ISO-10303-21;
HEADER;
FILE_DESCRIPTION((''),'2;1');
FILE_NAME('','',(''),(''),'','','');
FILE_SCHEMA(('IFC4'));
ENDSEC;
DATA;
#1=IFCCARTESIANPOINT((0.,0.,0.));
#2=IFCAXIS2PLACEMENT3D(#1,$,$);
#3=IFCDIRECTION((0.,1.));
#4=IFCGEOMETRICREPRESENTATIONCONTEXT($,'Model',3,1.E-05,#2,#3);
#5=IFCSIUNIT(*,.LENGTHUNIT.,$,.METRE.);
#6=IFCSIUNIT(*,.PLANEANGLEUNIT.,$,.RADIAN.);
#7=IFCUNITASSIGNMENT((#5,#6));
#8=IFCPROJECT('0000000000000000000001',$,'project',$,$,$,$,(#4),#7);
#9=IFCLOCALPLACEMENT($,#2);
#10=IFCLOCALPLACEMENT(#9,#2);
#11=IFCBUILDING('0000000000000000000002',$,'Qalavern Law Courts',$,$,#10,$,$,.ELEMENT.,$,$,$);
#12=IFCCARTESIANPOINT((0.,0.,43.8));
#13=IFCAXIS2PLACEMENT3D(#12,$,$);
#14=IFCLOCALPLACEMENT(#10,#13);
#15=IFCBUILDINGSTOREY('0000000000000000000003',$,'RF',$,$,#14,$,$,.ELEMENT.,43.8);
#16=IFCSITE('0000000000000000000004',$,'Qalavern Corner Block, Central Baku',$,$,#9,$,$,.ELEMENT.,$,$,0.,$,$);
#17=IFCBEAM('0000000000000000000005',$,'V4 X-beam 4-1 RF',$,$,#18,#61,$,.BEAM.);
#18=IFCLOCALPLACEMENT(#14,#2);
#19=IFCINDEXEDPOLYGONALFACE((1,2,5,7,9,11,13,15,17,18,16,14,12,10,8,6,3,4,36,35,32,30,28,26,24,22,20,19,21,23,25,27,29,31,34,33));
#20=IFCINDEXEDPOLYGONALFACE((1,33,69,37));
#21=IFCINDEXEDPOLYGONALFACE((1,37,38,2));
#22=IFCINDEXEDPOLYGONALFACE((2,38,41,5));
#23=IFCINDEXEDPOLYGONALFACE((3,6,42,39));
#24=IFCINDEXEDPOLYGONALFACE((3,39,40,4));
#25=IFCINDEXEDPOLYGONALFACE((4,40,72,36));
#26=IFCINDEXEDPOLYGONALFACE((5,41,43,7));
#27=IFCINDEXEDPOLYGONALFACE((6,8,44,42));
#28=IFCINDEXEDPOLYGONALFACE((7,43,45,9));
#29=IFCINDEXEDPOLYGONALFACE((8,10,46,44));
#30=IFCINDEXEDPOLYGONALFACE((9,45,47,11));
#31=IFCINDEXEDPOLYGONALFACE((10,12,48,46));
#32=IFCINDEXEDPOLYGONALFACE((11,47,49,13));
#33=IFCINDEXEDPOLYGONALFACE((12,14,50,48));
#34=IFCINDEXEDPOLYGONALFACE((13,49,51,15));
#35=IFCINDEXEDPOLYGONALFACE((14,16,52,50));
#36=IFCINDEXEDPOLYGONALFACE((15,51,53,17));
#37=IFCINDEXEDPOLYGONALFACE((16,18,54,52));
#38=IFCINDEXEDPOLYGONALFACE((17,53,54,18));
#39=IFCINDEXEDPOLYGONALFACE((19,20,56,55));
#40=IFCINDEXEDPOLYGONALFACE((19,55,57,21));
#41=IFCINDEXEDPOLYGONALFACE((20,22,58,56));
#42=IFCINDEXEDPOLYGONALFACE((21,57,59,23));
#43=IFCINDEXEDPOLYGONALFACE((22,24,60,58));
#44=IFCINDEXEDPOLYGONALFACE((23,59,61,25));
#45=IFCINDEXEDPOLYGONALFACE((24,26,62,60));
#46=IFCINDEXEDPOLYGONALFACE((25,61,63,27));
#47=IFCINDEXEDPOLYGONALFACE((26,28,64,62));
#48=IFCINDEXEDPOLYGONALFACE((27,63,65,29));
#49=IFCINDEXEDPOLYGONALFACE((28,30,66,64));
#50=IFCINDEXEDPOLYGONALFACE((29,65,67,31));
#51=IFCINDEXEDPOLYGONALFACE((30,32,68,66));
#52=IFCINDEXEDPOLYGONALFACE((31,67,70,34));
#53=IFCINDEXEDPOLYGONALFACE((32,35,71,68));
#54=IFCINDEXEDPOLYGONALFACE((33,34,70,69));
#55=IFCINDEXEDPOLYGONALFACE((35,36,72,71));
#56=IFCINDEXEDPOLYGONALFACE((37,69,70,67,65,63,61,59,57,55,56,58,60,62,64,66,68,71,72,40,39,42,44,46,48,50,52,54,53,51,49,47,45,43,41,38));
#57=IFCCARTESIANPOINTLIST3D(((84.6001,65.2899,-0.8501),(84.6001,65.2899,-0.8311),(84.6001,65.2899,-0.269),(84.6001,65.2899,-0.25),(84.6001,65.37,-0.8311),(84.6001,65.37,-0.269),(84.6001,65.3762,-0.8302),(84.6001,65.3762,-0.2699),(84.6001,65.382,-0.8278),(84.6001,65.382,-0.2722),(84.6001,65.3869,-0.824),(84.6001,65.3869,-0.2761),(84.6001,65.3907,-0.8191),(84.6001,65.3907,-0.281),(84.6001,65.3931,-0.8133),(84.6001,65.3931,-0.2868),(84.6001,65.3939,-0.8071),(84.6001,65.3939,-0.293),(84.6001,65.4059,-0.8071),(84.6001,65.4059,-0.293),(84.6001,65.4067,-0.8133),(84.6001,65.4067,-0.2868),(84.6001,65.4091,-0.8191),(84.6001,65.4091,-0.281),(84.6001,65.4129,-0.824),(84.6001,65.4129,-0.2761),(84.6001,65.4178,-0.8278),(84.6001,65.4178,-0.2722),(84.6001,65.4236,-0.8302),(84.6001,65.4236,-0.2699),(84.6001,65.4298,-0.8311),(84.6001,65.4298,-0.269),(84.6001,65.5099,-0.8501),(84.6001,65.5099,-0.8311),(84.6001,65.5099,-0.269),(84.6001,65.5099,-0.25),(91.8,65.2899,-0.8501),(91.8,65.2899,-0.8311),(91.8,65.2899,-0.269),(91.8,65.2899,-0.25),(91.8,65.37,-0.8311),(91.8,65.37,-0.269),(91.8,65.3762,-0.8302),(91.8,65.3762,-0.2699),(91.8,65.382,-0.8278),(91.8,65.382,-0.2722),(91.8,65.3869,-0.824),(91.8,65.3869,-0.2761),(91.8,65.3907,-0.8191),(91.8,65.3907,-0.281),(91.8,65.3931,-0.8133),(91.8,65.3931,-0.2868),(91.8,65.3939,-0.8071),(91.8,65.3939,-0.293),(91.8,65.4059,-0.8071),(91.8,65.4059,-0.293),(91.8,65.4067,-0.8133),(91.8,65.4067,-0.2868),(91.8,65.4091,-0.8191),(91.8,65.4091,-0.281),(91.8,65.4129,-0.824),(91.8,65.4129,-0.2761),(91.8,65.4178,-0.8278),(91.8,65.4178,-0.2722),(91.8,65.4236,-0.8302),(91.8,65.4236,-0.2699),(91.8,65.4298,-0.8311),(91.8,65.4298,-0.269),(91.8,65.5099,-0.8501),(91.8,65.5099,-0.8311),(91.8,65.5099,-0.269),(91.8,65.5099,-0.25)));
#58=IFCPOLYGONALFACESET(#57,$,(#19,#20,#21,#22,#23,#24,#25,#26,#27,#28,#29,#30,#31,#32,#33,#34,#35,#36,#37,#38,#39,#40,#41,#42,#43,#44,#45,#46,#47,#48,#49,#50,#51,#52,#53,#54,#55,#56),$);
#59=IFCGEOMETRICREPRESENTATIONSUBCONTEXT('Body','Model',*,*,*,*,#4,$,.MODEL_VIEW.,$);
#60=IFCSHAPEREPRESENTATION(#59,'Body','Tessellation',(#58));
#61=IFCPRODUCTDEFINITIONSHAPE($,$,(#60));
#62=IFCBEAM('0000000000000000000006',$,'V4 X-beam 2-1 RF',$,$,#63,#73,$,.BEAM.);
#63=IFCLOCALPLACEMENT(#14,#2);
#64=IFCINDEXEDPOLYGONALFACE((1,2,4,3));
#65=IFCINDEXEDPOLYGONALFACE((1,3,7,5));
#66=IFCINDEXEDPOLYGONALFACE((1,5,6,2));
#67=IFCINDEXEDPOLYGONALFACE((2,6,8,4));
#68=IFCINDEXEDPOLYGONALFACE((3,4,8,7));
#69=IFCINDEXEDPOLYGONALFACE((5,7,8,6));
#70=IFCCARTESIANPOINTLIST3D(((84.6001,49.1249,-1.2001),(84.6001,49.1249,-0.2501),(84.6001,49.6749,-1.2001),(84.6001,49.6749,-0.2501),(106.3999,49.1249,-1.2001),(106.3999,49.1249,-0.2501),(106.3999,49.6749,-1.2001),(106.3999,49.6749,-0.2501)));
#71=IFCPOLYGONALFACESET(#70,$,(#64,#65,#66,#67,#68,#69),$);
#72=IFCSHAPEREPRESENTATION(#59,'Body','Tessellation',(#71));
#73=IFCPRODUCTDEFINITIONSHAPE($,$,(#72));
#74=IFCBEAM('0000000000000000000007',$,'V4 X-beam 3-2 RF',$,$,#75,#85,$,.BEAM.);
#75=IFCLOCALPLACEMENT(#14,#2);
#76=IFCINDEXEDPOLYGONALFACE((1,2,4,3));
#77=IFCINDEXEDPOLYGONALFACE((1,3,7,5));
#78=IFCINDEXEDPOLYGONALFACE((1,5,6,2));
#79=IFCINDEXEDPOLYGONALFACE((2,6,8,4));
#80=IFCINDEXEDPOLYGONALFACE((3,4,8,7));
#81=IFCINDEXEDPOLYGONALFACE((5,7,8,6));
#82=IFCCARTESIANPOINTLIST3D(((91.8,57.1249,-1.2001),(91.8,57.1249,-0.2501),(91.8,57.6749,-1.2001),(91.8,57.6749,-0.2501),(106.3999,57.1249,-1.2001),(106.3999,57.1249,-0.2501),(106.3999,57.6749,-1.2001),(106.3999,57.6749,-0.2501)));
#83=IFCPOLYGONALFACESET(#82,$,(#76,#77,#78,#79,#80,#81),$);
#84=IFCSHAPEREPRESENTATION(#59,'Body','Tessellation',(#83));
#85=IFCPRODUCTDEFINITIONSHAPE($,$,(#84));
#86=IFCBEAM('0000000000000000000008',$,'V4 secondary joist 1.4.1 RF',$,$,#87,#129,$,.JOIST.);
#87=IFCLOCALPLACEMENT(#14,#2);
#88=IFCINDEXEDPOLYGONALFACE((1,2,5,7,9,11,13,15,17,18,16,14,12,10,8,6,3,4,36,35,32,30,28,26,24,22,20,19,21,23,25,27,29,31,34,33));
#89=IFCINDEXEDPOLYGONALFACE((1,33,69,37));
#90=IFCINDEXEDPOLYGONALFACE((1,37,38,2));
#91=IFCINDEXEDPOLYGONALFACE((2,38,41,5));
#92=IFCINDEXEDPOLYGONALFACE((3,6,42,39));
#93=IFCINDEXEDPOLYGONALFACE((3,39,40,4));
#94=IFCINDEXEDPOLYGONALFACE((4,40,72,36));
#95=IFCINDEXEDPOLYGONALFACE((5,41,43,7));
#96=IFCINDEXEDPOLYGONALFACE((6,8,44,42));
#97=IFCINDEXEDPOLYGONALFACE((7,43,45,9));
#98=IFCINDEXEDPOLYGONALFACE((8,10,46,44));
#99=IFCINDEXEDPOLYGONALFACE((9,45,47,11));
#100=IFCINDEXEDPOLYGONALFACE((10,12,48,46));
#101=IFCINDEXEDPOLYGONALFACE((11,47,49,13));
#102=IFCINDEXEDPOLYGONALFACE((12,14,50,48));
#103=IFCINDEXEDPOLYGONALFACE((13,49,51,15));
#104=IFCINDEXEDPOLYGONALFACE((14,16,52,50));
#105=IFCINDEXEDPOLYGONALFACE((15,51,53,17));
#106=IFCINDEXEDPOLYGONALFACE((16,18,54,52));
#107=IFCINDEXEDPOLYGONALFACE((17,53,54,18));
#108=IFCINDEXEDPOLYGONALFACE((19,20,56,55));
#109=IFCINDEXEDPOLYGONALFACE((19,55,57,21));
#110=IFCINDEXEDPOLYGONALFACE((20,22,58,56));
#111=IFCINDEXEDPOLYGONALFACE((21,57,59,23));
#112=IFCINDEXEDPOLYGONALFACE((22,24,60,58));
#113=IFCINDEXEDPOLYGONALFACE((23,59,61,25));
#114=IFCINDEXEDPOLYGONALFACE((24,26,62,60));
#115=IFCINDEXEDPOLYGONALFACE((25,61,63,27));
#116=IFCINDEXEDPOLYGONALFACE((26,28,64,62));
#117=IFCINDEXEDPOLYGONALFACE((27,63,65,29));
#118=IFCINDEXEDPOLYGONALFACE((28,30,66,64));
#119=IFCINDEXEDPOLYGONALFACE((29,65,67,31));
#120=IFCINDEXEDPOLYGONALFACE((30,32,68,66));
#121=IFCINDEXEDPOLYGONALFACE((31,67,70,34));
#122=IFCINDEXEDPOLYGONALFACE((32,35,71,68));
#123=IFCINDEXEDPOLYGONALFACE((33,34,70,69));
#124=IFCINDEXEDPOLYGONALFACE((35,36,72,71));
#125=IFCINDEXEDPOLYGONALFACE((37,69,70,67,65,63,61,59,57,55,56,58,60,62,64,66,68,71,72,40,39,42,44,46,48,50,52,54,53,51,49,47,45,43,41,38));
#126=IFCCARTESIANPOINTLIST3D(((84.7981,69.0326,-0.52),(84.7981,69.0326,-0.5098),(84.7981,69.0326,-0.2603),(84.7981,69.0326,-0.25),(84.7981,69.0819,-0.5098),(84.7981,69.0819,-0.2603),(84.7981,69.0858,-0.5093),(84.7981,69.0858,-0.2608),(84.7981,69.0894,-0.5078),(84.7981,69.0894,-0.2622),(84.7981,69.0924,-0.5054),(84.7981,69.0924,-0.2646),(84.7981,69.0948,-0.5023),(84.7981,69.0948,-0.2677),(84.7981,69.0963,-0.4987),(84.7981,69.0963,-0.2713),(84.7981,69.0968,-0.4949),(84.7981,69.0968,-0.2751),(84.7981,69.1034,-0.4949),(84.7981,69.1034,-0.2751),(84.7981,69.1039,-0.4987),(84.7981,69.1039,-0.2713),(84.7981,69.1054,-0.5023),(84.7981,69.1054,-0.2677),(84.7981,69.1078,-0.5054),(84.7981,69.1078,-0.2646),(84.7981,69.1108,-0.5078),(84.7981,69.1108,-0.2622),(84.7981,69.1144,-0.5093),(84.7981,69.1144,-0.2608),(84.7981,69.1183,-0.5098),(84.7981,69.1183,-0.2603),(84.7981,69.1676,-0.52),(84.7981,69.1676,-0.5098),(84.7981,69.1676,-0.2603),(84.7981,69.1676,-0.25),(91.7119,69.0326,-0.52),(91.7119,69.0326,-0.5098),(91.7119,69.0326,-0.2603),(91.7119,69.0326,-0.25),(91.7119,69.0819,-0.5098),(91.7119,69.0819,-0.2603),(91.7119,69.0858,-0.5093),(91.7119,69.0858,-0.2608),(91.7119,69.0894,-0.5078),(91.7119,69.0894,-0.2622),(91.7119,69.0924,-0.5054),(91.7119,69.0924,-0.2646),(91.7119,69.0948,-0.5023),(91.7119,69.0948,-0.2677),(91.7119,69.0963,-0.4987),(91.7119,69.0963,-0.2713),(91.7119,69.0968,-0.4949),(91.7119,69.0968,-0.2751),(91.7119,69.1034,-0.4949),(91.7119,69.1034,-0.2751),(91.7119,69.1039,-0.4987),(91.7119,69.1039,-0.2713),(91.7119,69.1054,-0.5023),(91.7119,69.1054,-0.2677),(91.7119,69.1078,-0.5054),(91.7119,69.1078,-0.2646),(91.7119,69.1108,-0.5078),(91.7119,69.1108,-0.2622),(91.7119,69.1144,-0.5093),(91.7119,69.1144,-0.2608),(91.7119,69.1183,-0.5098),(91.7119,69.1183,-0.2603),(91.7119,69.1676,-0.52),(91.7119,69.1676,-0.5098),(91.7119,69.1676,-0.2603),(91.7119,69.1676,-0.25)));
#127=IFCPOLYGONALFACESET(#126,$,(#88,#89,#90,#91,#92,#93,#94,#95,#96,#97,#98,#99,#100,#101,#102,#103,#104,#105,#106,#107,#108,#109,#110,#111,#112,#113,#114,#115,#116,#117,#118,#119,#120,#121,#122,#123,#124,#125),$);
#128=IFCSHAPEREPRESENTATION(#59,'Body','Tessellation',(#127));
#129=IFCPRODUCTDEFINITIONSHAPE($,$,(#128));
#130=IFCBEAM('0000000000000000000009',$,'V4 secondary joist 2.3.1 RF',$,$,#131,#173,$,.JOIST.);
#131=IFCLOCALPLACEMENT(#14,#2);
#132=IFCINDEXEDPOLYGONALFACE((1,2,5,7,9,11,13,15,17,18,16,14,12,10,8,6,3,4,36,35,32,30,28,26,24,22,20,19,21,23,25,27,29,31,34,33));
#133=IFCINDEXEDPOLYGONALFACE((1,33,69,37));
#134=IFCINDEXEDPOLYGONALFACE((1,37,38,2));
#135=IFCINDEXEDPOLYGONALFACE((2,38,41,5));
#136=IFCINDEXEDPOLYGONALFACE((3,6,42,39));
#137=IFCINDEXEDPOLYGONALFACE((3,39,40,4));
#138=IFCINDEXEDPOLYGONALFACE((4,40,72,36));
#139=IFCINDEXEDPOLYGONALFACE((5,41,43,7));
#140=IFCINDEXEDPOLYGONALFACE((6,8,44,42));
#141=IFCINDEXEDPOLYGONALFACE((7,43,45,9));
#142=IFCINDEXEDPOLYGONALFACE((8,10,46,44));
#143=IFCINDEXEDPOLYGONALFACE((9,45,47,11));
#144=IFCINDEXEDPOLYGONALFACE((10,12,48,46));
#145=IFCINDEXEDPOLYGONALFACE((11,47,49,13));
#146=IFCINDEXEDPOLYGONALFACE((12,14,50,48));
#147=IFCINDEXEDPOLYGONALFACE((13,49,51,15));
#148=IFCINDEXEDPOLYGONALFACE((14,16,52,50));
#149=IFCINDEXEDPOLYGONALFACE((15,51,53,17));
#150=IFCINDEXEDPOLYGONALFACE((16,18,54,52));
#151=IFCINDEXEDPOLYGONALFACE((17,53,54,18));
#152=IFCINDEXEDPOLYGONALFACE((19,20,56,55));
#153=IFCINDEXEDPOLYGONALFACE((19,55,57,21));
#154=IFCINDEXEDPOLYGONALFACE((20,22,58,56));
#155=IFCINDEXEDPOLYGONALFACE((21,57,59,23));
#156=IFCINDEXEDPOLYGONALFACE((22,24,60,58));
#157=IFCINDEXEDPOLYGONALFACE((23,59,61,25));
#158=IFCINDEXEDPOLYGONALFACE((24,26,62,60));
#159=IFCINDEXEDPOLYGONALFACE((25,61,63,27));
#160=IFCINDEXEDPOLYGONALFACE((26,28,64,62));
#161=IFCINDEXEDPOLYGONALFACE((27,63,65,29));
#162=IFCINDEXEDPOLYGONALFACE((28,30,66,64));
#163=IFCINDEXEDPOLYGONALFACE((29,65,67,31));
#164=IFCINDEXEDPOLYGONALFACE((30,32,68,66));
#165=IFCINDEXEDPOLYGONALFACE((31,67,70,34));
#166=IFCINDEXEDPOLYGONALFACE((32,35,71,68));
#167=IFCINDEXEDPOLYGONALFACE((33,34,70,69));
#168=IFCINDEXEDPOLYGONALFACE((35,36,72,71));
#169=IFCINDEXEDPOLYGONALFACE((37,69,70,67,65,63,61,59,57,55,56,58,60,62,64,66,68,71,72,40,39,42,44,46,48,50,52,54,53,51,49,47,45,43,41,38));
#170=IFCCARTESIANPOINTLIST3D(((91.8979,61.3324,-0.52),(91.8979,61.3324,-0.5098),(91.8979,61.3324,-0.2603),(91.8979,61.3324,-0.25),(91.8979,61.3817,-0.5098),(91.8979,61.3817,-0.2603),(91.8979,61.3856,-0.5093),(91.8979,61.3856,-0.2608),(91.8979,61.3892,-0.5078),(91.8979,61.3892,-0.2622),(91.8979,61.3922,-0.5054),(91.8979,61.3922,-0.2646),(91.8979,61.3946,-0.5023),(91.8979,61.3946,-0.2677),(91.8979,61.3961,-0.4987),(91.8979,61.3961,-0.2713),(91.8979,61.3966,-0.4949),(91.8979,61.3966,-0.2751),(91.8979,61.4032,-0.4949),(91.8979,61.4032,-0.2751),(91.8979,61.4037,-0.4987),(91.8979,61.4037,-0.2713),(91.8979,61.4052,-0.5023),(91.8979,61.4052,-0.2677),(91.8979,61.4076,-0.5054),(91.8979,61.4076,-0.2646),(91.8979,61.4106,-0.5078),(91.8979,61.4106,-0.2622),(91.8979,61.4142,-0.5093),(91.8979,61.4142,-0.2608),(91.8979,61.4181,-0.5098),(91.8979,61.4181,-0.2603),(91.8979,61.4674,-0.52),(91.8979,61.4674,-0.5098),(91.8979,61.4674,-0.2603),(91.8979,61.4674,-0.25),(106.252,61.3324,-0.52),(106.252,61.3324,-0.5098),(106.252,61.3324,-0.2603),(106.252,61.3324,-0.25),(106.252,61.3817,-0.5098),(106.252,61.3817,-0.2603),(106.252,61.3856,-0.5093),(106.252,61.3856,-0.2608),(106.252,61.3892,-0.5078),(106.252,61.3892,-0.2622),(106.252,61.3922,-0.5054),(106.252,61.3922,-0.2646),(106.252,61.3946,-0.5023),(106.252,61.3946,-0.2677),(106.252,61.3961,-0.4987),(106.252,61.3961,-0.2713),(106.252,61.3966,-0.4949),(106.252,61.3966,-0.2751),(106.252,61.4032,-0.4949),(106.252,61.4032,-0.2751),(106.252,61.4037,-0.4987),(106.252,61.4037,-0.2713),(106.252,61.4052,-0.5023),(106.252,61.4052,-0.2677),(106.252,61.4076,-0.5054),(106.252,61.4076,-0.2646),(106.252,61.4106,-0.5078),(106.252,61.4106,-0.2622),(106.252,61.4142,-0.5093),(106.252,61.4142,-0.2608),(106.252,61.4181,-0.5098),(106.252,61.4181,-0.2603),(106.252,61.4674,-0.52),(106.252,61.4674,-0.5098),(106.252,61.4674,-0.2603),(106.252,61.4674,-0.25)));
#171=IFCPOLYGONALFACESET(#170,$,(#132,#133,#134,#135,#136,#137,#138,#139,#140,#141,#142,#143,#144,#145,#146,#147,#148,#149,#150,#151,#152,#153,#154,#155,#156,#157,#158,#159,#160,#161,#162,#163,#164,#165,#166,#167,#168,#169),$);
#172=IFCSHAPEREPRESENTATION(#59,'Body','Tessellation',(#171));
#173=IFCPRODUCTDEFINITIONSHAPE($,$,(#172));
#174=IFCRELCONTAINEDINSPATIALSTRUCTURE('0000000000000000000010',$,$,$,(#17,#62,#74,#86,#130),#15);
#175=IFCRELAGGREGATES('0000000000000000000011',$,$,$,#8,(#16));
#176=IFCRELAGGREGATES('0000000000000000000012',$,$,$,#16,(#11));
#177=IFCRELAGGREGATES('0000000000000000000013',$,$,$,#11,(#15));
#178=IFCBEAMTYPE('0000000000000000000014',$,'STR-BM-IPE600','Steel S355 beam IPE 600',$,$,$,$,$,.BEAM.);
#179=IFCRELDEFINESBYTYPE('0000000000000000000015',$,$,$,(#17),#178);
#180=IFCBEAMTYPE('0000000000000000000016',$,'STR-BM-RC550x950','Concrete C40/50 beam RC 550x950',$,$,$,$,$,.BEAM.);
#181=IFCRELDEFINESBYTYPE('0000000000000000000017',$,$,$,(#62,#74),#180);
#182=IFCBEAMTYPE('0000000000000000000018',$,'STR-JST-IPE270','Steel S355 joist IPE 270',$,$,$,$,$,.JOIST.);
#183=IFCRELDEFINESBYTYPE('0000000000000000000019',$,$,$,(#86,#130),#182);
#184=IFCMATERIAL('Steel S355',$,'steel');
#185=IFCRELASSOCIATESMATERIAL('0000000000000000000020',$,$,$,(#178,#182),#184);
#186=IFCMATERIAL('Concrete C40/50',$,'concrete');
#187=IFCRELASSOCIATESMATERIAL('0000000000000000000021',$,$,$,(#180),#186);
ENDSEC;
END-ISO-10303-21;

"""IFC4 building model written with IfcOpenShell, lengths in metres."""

from ifc_helpers import new_model, si_unit, direction, frame, origin, origin_2d, place, context, subcontext, project, spatial, rectangle, i_section, extrude, material, material_profile, profile_set, type_object, element, save


model = new_model("IFC4")

# Units and contexts
model_context = context("Model", 3, precision=1e-05, world=origin(), true_north=direction((0.0, 1.0)))
body_context = subcontext(model_context, "Body", "Model", "MODEL_VIEW")
ifc_project = project(units=[si_unit("LENGTHUNIT", "METRE"), si_unit("PLANEANGLEUNIT", "RADIAN")], contexts=[model_context])

# Site, building, storey
site_placement = place(None, origin())
site = spatial("IfcSite", under=ifc_project, at=site_placement, Name="Qalavern Corner Block, Central Baku", CompositionType="ELEMENT", RefElevation=0.0)
building_placement = place(site_placement, origin())
building = spatial("IfcBuilding", under=site, at=building_placement, Name="Qalavern Law Courts", CompositionType="ELEMENT")
storey_placement = place(building_placement, frame((0.0, 0.0, 43.8)))
storey = spatial("IfcBuildingStorey", under=building, at=storey_placement, Name="RF", CompositionType="ELEMENT", Elevation=43.8)

# Beams
ifc_material_1 = material(Name="Steel S355", Category="steel")
ifc_material_profile_1 = material_profile(ifc_material_1, i_section(OverallWidth=0.22, OverallDepth=0.6001, WebThickness=0.012, FlangeThickness=0.019, FilletRadius=0.0239, at=origin_2d()), Name="IPE 600")
ifc_profile_set_1 = profile_set([ifc_material_profile_1], Name="Steel S355")
beam_type_1 = type_object("IfcBeamType", Name="STR-BM-IPE600", Description="Steel S355 beam IPE 600", PredefinedType="BEAM", material=ifc_profile_set_1)
beam_1_placement = place(storey_placement, frame((84.6001, 65.3999, -0.55), z_axis=(1.0, 0.0, 0.0), x_axis=(0.0, 1.0, 0.0)))
element("IfcBeam", 1, at=beam_1_placement, inside=storey, type_object=beam_type_1, Name="V4 X-beam 4-1 RF", PredefinedType="BEAM", context=body_context, shape_type="SweptSolid", body=[
    extrude(i_section(OverallWidth=0.22, OverallDepth=0.6001, WebThickness=0.012, FlangeThickness=0.019, FilletRadius=0.0239, at=origin_2d()), origin(), (0.0, 0.0, 1.0), 7.2),
])
ifc_material_2 = material(Name="Concrete C40/50", Category="concrete")
ifc_material_profile_2 = material_profile(ifc_material_2, rectangle(XDim=0.55, YDim=0.95, at=origin_2d()), Name="RC 550x950")
ifc_profile_set_2 = profile_set([ifc_material_profile_2], Name="Concrete C40/50")
beam_type_2 = type_object("IfcBeamType", Name="STR-BM-RC550x950", Description="Concrete C40/50 beam RC 550x950", PredefinedType="BEAM", material=ifc_profile_set_2)
beam_2_placement = place(storey_placement, frame((84.6001, 49.3999, -0.7251), z_axis=(1.0, 0.0, 0.0), x_axis=(0.0, 1.0, 0.0)))
element("IfcBeam", 2, at=beam_2_placement, inside=storey, type_object=beam_type_2, Name="V4 X-beam 2-1 RF", PredefinedType="BEAM", context=body_context, shape_type="SweptSolid", body=[
    extrude(rectangle(XDim=0.55, YDim=0.95, at=origin_2d()), origin(), (0.0, 0.0, 1.0), 21.7998),
])
beam_3_placement = place(storey_placement, frame((91.8, 57.3999, -0.7251), z_axis=(1.0, 0.0, 0.0), x_axis=(0.0, 1.0, 0.0)))
element("IfcBeam", 3, at=beam_3_placement, inside=storey, type_object=beam_type_2, Name="V4 X-beam 3-2 RF", PredefinedType="BEAM", context=body_context, shape_type="SweptSolid", body=[
    extrude(rectangle(XDim=0.55, YDim=0.95, at=origin_2d()), origin(), (0.0, 0.0, 1.0), 14.5999),
])
ifc_material_profile_3 = material_profile(ifc_material_1, i_section(OverallWidth=0.135, OverallDepth=0.27, WebThickness=0.0066, FlangeThickness=0.0103, FilletRadius=0.0149, at=origin_2d()), Name="IPE 270")
ifc_profile_set_3 = profile_set([ifc_material_profile_3], Name="Steel S355")
beam_type_3 = type_object("IfcBeamType", Name="STR-JST-IPE270", Description="Steel S355 joist IPE 270", PredefinedType="JOIST", material=ifc_profile_set_3)
beam_4_placement = place(storey_placement, frame((84.7981, 69.1001, -0.385), z_axis=(1.0, 0.0, 0.0), x_axis=(0.0, 1.0, 0.0)))
element("IfcBeam", 4, at=beam_4_placement, inside=storey, type_object=beam_type_3, Name="V4 secondary joist 1.4.1 RF", PredefinedType="JOIST", context=body_context, shape_type="SweptSolid", body=[
    extrude(i_section(OverallWidth=0.135, OverallDepth=0.27, WebThickness=0.0066, FlangeThickness=0.0103, FilletRadius=0.0149, at=origin_2d()), origin(), (0.0, 0.0, 1.0), 6.9138),
])
beam_5_placement = place(storey_placement, frame((91.8979, 61.3999, -0.385), z_axis=(1.0, 0.0, 0.0), x_axis=(0.0, 1.0, 0.0)))
element("IfcBeam", 5, at=beam_5_placement, inside=storey, type_object=beam_type_3, Name="V4 secondary joist 2.3.1 RF", PredefinedType="JOIST", context=body_context, shape_type="SweptSolid", body=[
    extrude(i_section(OverallWidth=0.135, OverallDepth=0.27, WebThickness=0.0066, FlangeThickness=0.0103, FilletRadius=0.0149, at=origin_2d()), origin(), (0.0, 0.0, 1.0), 14.354),
])

save(model, "model.ifc")
